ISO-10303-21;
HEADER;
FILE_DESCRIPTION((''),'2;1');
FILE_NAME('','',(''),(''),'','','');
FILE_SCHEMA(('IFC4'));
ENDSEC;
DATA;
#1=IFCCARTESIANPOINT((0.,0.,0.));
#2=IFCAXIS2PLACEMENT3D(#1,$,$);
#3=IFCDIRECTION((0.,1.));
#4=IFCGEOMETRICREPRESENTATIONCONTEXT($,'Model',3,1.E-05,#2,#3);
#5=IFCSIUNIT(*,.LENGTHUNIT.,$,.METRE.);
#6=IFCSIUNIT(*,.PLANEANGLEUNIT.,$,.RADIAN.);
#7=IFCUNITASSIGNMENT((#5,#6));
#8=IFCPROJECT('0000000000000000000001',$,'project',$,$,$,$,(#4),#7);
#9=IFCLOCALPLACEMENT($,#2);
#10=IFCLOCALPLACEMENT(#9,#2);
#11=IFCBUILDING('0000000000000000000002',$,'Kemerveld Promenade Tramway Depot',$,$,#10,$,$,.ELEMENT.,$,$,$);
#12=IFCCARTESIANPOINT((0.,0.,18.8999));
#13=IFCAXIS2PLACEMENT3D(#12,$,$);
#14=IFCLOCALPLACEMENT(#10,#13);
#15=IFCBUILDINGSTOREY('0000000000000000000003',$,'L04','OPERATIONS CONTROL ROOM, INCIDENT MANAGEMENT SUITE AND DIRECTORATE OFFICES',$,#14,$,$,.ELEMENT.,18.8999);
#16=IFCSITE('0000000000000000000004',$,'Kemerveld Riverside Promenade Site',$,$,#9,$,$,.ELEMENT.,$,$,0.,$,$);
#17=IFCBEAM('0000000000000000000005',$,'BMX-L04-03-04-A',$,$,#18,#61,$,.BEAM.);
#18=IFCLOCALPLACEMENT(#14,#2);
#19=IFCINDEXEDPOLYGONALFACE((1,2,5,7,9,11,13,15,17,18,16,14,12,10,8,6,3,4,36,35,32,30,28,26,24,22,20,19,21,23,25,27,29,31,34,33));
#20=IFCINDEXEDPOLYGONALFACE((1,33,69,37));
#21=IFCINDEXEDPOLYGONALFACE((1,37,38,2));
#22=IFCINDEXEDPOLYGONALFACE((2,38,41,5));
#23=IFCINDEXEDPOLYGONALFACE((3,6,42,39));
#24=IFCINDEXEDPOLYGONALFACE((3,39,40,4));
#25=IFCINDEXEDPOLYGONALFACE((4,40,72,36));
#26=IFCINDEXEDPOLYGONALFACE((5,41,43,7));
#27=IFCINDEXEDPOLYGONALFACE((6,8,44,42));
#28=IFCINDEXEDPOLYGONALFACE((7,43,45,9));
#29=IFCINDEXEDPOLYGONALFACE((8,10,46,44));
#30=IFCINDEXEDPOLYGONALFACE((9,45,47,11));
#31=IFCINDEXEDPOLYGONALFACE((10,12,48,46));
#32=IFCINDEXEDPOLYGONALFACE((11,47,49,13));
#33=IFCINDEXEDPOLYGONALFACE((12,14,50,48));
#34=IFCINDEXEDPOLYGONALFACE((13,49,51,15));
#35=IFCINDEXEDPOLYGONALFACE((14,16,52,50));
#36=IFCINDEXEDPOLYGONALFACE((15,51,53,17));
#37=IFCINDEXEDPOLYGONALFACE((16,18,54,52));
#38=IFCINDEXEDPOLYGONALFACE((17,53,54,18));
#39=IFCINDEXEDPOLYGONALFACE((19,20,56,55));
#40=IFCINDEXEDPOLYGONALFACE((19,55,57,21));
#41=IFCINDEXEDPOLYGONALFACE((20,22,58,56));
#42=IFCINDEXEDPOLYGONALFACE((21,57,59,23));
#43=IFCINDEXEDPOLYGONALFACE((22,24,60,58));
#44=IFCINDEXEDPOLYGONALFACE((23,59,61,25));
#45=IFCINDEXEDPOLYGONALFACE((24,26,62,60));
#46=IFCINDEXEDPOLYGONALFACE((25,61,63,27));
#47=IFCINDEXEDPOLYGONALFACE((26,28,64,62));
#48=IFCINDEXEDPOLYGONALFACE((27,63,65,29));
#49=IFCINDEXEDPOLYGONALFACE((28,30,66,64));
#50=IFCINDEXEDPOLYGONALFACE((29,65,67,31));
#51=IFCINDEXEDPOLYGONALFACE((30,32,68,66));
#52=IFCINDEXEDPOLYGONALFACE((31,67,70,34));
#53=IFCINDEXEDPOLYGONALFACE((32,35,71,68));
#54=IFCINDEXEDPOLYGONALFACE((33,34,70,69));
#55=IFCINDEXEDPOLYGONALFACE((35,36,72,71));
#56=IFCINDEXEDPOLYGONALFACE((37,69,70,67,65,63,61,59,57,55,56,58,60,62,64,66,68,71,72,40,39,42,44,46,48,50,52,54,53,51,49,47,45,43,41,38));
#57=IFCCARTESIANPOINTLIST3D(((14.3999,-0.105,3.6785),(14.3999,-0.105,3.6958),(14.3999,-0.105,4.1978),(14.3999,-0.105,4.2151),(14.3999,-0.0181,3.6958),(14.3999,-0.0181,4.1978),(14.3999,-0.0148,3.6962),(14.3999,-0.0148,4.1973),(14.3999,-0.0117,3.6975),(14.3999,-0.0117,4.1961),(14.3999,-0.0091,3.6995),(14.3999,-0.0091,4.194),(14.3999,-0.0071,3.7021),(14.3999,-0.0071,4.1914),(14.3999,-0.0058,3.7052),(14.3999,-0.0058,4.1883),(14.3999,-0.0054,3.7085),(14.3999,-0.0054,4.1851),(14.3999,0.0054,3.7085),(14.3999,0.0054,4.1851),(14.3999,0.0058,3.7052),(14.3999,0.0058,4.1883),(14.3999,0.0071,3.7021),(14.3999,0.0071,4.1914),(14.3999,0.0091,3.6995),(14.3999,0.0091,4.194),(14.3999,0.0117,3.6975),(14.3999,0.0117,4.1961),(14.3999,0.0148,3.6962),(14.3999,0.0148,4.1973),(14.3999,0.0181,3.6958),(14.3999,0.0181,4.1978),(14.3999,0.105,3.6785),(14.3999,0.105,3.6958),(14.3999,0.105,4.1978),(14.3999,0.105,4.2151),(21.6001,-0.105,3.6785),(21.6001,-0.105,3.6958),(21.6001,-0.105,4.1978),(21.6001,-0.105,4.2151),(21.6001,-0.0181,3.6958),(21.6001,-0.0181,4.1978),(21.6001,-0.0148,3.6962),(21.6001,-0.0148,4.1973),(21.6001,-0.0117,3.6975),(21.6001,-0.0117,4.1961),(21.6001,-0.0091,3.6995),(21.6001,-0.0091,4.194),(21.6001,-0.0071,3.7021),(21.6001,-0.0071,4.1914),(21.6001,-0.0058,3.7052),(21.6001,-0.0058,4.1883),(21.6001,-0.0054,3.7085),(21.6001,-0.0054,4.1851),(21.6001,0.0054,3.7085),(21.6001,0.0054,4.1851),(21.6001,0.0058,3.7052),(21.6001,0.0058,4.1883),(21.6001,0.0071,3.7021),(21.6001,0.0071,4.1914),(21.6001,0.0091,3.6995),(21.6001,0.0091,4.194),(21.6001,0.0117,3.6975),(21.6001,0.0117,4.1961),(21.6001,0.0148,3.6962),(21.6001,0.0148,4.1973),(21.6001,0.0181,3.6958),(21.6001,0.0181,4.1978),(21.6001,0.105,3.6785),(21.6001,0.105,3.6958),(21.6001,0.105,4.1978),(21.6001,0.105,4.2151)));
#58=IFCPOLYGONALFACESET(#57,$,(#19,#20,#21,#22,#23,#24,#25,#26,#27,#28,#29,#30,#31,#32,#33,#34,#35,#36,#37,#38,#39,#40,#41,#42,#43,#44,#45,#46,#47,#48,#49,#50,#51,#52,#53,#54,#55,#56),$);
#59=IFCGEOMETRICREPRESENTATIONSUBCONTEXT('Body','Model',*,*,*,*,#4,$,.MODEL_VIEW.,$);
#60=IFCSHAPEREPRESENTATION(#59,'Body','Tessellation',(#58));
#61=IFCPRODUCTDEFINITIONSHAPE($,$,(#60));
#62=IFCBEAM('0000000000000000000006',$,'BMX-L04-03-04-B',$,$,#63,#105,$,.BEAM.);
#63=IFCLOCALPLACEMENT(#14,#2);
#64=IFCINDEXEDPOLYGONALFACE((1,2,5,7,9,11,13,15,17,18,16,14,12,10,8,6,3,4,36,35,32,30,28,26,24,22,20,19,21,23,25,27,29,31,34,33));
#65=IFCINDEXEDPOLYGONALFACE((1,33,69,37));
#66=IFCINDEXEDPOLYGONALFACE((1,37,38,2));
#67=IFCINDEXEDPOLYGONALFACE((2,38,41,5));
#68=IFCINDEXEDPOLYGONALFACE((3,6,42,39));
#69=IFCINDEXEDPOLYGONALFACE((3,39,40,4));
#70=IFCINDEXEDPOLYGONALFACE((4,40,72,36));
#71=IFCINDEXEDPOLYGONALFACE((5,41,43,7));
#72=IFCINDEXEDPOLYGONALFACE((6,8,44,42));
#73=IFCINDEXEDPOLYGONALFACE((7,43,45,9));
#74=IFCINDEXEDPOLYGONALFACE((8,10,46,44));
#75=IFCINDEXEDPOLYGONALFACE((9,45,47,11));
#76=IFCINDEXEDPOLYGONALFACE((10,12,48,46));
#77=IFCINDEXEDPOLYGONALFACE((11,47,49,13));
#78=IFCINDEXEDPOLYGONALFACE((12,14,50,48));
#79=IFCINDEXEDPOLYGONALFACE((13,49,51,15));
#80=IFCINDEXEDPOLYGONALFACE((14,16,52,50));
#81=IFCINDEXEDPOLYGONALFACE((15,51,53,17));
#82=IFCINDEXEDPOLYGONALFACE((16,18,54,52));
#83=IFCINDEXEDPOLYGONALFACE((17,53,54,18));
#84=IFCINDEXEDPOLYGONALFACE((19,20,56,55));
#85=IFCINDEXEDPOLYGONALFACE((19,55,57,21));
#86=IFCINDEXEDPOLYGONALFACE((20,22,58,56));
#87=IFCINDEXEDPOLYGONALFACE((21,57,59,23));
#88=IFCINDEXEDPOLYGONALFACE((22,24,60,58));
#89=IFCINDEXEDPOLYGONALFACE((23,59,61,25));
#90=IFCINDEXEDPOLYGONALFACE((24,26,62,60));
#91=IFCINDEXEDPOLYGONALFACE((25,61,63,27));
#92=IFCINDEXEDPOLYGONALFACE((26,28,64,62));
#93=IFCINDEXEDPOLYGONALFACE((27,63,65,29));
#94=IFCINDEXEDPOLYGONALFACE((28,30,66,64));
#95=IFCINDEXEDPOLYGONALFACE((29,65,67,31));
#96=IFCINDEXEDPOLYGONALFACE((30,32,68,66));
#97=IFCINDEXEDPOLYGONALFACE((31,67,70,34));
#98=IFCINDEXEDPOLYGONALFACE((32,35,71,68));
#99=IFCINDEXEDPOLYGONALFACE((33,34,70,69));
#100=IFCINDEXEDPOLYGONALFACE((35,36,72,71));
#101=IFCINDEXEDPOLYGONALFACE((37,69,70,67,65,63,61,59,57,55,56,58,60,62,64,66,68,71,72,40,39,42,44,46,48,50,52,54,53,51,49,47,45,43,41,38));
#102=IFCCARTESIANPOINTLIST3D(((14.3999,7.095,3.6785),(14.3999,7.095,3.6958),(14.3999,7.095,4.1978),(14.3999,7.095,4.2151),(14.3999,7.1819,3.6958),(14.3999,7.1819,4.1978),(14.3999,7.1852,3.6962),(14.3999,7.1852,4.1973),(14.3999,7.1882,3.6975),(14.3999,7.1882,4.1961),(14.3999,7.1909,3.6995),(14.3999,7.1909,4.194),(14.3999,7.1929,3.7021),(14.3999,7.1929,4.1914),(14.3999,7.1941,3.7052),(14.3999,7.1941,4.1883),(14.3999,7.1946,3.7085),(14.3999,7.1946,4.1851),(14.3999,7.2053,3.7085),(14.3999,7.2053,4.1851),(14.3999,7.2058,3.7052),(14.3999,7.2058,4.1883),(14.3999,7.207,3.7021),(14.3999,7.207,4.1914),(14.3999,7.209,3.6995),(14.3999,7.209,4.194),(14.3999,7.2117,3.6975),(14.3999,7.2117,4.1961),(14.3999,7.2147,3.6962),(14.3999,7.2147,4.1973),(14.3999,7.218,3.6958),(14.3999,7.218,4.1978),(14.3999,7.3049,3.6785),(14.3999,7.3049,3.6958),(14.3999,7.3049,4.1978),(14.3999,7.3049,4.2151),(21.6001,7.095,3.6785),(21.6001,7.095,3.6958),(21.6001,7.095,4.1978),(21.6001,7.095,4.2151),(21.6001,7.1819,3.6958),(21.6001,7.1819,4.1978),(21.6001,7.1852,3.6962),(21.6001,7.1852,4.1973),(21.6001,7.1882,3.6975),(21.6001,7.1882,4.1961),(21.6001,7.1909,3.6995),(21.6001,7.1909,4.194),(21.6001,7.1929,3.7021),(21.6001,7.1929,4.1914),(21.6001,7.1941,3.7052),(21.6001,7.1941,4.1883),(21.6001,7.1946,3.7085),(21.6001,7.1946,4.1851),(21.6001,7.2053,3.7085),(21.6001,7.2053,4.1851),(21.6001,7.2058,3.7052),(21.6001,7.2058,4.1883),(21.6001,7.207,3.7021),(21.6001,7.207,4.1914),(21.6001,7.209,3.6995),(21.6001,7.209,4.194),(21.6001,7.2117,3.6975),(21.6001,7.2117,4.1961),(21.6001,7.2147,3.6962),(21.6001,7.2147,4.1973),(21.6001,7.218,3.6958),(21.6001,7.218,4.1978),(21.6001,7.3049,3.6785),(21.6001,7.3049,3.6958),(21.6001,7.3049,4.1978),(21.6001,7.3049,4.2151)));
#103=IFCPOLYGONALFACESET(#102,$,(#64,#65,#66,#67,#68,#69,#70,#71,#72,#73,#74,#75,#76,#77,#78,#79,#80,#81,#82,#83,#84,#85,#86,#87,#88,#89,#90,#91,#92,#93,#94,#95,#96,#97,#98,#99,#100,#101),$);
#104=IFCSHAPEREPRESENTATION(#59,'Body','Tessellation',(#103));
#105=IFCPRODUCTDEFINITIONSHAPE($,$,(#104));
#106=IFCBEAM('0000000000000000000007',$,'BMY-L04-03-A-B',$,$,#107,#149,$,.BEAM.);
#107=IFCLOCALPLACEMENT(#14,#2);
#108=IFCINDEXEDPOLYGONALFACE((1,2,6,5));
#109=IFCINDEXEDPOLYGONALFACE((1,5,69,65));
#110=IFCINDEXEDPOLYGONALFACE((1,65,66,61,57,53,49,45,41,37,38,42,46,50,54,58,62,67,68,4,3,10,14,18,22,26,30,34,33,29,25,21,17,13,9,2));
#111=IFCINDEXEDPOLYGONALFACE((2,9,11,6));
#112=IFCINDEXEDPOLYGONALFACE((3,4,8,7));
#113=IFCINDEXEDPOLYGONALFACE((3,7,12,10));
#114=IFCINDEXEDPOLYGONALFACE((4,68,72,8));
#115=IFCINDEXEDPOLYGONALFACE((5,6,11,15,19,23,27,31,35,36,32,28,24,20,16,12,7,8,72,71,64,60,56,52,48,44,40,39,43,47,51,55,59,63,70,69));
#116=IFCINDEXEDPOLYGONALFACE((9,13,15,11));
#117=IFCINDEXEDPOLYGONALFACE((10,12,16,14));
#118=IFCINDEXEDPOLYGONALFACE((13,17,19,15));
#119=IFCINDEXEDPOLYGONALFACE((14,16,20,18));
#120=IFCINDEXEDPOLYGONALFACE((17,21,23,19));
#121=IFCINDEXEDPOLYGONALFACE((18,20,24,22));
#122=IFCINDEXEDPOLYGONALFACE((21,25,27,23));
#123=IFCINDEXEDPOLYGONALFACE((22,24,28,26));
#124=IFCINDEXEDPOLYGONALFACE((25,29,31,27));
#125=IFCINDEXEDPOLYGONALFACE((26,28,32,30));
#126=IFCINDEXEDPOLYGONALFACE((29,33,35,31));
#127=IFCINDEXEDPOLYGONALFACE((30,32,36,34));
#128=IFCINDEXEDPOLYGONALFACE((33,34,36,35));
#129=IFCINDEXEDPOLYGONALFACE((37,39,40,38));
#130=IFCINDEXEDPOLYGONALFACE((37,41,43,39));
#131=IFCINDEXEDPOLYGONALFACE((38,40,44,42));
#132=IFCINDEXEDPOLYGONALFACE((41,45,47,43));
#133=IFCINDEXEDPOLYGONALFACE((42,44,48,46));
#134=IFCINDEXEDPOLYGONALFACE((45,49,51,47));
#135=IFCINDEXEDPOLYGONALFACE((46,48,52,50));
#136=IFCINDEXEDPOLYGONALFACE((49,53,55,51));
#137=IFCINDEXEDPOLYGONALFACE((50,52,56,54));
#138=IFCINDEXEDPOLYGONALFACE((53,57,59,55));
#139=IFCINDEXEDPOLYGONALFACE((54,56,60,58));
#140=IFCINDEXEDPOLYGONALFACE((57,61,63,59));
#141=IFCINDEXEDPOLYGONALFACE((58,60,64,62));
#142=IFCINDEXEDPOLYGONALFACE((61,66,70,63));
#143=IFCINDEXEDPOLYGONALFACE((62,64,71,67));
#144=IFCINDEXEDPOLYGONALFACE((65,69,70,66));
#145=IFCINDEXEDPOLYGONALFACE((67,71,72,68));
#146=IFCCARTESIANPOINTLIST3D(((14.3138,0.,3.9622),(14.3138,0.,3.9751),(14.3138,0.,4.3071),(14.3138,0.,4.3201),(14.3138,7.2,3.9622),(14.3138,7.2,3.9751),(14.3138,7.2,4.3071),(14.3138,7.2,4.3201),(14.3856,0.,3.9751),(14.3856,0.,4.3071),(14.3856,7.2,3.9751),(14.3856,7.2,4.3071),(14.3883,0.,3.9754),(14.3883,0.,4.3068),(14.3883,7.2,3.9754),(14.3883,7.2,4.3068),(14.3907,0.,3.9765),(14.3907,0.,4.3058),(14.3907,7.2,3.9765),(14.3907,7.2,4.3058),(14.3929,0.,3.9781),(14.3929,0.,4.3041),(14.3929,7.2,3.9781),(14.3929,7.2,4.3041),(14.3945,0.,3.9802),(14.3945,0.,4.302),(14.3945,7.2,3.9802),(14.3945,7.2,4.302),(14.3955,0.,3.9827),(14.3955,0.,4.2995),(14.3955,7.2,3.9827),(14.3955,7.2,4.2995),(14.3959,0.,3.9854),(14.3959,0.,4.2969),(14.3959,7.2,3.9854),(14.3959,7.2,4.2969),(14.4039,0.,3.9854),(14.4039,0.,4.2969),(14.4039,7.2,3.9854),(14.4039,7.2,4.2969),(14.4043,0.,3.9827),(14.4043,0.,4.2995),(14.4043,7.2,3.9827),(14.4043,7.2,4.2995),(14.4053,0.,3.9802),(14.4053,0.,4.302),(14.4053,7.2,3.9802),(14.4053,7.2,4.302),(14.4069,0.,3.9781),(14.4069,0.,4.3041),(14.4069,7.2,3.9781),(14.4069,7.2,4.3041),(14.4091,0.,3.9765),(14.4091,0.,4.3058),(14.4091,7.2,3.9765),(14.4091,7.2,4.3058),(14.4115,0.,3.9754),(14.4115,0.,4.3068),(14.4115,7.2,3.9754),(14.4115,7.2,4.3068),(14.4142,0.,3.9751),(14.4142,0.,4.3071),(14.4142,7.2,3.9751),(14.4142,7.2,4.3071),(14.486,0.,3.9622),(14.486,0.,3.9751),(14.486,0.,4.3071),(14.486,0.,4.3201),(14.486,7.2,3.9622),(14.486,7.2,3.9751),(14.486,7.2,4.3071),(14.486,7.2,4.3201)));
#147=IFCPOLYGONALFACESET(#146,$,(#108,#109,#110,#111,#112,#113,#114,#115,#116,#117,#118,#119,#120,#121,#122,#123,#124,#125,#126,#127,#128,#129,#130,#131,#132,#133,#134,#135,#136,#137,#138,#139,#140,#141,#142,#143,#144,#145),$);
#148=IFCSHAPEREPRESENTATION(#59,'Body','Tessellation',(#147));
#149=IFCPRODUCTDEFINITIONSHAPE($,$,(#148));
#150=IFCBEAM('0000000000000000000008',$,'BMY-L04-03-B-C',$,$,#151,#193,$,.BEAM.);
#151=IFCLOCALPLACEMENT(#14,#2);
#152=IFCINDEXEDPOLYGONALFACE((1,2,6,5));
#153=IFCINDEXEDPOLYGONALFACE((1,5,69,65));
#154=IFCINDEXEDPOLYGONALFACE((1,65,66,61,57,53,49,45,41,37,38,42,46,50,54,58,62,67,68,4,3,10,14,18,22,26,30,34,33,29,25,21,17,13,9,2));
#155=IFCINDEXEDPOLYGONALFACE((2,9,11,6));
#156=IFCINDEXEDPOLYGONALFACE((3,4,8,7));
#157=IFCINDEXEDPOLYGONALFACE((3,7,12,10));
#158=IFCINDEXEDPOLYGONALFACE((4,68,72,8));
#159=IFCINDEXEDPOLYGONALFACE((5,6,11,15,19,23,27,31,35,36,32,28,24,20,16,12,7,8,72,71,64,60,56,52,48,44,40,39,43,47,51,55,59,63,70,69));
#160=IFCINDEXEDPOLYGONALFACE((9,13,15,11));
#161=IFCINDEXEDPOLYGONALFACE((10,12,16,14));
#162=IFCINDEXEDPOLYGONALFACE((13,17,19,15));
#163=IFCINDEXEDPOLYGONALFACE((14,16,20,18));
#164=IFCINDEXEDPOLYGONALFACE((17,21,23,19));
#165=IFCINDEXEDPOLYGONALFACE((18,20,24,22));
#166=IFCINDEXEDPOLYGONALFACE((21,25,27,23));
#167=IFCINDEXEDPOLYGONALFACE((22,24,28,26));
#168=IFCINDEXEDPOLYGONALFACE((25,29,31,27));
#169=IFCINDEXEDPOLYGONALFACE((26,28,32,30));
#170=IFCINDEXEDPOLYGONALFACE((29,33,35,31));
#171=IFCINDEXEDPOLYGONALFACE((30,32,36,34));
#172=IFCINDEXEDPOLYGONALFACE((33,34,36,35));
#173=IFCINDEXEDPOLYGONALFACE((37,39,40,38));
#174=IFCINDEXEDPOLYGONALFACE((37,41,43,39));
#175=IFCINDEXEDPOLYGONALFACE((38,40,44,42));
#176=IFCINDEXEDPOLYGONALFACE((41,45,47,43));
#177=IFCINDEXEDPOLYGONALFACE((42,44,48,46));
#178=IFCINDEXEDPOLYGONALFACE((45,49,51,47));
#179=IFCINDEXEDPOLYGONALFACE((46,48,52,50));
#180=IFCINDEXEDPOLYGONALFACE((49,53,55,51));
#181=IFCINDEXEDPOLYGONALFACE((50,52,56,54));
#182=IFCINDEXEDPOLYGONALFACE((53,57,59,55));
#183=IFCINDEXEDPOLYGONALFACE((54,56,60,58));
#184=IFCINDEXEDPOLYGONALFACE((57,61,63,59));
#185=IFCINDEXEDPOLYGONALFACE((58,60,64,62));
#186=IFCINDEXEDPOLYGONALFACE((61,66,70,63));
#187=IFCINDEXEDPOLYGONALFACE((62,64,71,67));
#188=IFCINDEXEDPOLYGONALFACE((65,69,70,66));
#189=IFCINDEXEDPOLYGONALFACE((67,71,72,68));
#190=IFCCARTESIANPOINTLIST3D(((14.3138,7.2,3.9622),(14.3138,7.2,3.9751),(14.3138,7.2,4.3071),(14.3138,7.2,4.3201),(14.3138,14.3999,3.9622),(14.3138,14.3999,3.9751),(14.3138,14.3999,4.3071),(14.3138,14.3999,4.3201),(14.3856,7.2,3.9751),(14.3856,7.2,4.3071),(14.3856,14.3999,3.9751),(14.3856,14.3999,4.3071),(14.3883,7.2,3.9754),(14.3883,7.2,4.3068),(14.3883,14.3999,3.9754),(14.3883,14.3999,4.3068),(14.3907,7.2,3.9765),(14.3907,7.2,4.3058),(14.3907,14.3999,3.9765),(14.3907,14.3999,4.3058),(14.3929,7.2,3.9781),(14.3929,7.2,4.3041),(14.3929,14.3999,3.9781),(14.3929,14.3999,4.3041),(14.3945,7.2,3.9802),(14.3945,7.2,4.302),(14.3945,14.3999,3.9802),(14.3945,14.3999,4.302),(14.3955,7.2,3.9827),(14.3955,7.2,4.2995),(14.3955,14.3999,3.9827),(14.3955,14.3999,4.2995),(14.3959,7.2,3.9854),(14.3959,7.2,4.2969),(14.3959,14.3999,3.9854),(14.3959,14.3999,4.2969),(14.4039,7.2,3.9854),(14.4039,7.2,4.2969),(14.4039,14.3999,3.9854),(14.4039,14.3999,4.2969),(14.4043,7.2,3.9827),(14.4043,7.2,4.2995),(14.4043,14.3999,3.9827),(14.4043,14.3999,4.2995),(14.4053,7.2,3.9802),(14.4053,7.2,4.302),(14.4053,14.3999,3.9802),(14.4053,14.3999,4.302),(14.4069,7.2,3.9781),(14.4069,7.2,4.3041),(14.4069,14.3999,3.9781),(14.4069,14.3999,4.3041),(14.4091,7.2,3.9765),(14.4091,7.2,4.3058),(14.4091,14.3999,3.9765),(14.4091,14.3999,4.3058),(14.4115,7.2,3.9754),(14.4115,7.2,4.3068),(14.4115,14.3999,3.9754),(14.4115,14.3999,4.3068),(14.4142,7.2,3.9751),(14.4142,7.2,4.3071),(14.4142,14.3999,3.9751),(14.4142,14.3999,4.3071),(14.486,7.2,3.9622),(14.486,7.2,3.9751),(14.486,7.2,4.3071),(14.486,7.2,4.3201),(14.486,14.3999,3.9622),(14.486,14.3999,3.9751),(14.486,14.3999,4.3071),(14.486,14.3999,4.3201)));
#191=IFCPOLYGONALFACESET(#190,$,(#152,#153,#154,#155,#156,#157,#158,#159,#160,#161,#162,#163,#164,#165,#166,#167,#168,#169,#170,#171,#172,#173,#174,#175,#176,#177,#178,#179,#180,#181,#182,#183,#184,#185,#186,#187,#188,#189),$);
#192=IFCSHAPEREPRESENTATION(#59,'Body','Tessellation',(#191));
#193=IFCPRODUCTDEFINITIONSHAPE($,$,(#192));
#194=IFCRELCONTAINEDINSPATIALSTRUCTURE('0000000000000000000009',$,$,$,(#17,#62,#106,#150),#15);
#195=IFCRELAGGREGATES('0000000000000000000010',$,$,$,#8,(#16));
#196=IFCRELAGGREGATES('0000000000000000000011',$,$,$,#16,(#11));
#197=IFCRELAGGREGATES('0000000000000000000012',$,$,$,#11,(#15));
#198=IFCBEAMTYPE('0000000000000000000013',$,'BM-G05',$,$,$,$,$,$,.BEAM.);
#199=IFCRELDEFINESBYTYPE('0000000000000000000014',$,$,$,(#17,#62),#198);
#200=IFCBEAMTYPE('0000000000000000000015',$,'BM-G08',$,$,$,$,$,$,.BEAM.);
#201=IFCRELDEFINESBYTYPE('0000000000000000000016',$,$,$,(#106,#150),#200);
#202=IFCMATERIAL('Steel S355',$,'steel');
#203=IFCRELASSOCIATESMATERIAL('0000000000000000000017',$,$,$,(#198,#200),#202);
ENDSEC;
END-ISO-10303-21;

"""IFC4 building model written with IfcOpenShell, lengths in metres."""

from ifc_helpers import new_model, si_unit, direction, frame, origin, origin_2d, place, context, subcontext, project, spatial, i_section, extrude, material, material_profile, profile_set, type_object, element, save


model = new_model("IFC4")

# Units and contexts
model_context = context("Model", 3, precision=1e-05, world=origin(), true_north=direction((0.0, 1.0)))
body_context = subcontext(model_context, "Body", "Model", "MODEL_VIEW")
ifc_project = project(units=[si_unit("LENGTHUNIT", "METRE"), si_unit("PLANEANGLEUNIT", "RADIAN")], contexts=[model_context])

# Site, building, storey
site_placement = place(None, origin())
site = spatial("IfcSite", under=ifc_project, at=site_placement, Name="Kemerveld Riverside Promenade Site", CompositionType="ELEMENT", RefElevation=0.0)
building_placement = place(site_placement, origin())
building = spatial("IfcBuilding", under=site, at=building_placement, Name="Kemerveld Promenade Tramway Depot", CompositionType="ELEMENT")
storey_placement = place(building_placement, frame((0.0, 0.0, 18.8999)))
storey = spatial("IfcBuildingStorey", under=building, at=storey_placement, Name="L04", Description="OPERATIONS CONTROL ROOM, INCIDENT MANAGEMENT SUITE AND DIRECTORATE OFFICES", CompositionType="ELEMENT", Elevation=18.8999)

# Shared definitions
ifc_material_1 = material(Name="Steel S355", Category="steel")

# Beams
ifc_material_profile_1 = material_profile(ifc_material_1, i_section(OverallWidth=0.21, OverallDepth=0.5366, WebThickness=0.0107, FlangeThickness=0.0173, FilletRadius=0.0127, at=origin_2d()), Name="533x210x101 UB")
ifc_profile_set_1 = profile_set([ifc_material_profile_1], Name="Steel S355")
beam_type_1 = type_object("IfcBeamType", Name="BM-G05", PredefinedType="BEAM", material=ifc_profile_set_1)
for number, where, z_axis, x_axis, name in (
    (1, (14.3999, 0.0, 3.9468), (1.0, 0.0, 0.0), (0.0, 1.0, 0.0), "BMX-L04-03-04-A"),
    (2, (14.3999, 7.2, 3.9468), (1.0, 0.0, 0.0), (0.0, 1.0, 0.0), "BMX-L04-03-04-B"),
):
    element("IfcBeam", number, at=place(storey_placement, frame(where, z_axis=z_axis, x_axis=x_axis)), inside=storey, type_object=beam_type_1, Name=name, PredefinedType="BEAM", context=body_context, shape_type="SweptSolid", body=[
        extrude(i_section(OverallWidth=0.21, OverallDepth=0.5366, WebThickness=0.0107, FlangeThickness=0.0173, FilletRadius=0.0127, at=origin_2d()), origin(), (0.0, 0.0, 1.0), 7.2002),
    ])
ifc_material_profile_2 = material_profile(ifc_material_1, i_section(OverallWidth=0.1721, OverallDepth=0.3579, WebThickness=0.0081, FlangeThickness=0.0129, FilletRadius=0.0103, at=origin_2d()), Name="356x171x57 UB")
ifc_profile_set_2 = profile_set([ifc_material_profile_2], Name="Steel S355")
beam_type_2 = type_object("IfcBeamType", Name="BM-G08", PredefinedType="BEAM", material=ifc_profile_set_2)
for number, where, z_axis, x_axis, name in (
    (3, (14.3999, 0.0, 4.1411), (0.0, 1.0, 0.0), (-1.0, 0.0, 0.0), "BMY-L04-03-A-B"),
    (4, (14.3999, 7.2, 4.1411), (0.0, 1.0, 0.0), (-1.0, 0.0, 0.0), "BMY-L04-03-B-C"),
):
    element("IfcBeam", number, at=place(storey_placement, frame(where, z_axis=z_axis, x_axis=x_axis)), inside=storey, type_object=beam_type_2, Name=name, PredefinedType="BEAM", context=body_context, shape_type="SweptSolid", body=[
        extrude(i_section(OverallWidth=0.1721, OverallDepth=0.3579, WebThickness=0.0081, FlangeThickness=0.0129, FilletRadius=0.0103, at=origin_2d()), origin(), (0.0, 0.0, 1.0), 7.2),
    ])

save(model, "model.ifc")
